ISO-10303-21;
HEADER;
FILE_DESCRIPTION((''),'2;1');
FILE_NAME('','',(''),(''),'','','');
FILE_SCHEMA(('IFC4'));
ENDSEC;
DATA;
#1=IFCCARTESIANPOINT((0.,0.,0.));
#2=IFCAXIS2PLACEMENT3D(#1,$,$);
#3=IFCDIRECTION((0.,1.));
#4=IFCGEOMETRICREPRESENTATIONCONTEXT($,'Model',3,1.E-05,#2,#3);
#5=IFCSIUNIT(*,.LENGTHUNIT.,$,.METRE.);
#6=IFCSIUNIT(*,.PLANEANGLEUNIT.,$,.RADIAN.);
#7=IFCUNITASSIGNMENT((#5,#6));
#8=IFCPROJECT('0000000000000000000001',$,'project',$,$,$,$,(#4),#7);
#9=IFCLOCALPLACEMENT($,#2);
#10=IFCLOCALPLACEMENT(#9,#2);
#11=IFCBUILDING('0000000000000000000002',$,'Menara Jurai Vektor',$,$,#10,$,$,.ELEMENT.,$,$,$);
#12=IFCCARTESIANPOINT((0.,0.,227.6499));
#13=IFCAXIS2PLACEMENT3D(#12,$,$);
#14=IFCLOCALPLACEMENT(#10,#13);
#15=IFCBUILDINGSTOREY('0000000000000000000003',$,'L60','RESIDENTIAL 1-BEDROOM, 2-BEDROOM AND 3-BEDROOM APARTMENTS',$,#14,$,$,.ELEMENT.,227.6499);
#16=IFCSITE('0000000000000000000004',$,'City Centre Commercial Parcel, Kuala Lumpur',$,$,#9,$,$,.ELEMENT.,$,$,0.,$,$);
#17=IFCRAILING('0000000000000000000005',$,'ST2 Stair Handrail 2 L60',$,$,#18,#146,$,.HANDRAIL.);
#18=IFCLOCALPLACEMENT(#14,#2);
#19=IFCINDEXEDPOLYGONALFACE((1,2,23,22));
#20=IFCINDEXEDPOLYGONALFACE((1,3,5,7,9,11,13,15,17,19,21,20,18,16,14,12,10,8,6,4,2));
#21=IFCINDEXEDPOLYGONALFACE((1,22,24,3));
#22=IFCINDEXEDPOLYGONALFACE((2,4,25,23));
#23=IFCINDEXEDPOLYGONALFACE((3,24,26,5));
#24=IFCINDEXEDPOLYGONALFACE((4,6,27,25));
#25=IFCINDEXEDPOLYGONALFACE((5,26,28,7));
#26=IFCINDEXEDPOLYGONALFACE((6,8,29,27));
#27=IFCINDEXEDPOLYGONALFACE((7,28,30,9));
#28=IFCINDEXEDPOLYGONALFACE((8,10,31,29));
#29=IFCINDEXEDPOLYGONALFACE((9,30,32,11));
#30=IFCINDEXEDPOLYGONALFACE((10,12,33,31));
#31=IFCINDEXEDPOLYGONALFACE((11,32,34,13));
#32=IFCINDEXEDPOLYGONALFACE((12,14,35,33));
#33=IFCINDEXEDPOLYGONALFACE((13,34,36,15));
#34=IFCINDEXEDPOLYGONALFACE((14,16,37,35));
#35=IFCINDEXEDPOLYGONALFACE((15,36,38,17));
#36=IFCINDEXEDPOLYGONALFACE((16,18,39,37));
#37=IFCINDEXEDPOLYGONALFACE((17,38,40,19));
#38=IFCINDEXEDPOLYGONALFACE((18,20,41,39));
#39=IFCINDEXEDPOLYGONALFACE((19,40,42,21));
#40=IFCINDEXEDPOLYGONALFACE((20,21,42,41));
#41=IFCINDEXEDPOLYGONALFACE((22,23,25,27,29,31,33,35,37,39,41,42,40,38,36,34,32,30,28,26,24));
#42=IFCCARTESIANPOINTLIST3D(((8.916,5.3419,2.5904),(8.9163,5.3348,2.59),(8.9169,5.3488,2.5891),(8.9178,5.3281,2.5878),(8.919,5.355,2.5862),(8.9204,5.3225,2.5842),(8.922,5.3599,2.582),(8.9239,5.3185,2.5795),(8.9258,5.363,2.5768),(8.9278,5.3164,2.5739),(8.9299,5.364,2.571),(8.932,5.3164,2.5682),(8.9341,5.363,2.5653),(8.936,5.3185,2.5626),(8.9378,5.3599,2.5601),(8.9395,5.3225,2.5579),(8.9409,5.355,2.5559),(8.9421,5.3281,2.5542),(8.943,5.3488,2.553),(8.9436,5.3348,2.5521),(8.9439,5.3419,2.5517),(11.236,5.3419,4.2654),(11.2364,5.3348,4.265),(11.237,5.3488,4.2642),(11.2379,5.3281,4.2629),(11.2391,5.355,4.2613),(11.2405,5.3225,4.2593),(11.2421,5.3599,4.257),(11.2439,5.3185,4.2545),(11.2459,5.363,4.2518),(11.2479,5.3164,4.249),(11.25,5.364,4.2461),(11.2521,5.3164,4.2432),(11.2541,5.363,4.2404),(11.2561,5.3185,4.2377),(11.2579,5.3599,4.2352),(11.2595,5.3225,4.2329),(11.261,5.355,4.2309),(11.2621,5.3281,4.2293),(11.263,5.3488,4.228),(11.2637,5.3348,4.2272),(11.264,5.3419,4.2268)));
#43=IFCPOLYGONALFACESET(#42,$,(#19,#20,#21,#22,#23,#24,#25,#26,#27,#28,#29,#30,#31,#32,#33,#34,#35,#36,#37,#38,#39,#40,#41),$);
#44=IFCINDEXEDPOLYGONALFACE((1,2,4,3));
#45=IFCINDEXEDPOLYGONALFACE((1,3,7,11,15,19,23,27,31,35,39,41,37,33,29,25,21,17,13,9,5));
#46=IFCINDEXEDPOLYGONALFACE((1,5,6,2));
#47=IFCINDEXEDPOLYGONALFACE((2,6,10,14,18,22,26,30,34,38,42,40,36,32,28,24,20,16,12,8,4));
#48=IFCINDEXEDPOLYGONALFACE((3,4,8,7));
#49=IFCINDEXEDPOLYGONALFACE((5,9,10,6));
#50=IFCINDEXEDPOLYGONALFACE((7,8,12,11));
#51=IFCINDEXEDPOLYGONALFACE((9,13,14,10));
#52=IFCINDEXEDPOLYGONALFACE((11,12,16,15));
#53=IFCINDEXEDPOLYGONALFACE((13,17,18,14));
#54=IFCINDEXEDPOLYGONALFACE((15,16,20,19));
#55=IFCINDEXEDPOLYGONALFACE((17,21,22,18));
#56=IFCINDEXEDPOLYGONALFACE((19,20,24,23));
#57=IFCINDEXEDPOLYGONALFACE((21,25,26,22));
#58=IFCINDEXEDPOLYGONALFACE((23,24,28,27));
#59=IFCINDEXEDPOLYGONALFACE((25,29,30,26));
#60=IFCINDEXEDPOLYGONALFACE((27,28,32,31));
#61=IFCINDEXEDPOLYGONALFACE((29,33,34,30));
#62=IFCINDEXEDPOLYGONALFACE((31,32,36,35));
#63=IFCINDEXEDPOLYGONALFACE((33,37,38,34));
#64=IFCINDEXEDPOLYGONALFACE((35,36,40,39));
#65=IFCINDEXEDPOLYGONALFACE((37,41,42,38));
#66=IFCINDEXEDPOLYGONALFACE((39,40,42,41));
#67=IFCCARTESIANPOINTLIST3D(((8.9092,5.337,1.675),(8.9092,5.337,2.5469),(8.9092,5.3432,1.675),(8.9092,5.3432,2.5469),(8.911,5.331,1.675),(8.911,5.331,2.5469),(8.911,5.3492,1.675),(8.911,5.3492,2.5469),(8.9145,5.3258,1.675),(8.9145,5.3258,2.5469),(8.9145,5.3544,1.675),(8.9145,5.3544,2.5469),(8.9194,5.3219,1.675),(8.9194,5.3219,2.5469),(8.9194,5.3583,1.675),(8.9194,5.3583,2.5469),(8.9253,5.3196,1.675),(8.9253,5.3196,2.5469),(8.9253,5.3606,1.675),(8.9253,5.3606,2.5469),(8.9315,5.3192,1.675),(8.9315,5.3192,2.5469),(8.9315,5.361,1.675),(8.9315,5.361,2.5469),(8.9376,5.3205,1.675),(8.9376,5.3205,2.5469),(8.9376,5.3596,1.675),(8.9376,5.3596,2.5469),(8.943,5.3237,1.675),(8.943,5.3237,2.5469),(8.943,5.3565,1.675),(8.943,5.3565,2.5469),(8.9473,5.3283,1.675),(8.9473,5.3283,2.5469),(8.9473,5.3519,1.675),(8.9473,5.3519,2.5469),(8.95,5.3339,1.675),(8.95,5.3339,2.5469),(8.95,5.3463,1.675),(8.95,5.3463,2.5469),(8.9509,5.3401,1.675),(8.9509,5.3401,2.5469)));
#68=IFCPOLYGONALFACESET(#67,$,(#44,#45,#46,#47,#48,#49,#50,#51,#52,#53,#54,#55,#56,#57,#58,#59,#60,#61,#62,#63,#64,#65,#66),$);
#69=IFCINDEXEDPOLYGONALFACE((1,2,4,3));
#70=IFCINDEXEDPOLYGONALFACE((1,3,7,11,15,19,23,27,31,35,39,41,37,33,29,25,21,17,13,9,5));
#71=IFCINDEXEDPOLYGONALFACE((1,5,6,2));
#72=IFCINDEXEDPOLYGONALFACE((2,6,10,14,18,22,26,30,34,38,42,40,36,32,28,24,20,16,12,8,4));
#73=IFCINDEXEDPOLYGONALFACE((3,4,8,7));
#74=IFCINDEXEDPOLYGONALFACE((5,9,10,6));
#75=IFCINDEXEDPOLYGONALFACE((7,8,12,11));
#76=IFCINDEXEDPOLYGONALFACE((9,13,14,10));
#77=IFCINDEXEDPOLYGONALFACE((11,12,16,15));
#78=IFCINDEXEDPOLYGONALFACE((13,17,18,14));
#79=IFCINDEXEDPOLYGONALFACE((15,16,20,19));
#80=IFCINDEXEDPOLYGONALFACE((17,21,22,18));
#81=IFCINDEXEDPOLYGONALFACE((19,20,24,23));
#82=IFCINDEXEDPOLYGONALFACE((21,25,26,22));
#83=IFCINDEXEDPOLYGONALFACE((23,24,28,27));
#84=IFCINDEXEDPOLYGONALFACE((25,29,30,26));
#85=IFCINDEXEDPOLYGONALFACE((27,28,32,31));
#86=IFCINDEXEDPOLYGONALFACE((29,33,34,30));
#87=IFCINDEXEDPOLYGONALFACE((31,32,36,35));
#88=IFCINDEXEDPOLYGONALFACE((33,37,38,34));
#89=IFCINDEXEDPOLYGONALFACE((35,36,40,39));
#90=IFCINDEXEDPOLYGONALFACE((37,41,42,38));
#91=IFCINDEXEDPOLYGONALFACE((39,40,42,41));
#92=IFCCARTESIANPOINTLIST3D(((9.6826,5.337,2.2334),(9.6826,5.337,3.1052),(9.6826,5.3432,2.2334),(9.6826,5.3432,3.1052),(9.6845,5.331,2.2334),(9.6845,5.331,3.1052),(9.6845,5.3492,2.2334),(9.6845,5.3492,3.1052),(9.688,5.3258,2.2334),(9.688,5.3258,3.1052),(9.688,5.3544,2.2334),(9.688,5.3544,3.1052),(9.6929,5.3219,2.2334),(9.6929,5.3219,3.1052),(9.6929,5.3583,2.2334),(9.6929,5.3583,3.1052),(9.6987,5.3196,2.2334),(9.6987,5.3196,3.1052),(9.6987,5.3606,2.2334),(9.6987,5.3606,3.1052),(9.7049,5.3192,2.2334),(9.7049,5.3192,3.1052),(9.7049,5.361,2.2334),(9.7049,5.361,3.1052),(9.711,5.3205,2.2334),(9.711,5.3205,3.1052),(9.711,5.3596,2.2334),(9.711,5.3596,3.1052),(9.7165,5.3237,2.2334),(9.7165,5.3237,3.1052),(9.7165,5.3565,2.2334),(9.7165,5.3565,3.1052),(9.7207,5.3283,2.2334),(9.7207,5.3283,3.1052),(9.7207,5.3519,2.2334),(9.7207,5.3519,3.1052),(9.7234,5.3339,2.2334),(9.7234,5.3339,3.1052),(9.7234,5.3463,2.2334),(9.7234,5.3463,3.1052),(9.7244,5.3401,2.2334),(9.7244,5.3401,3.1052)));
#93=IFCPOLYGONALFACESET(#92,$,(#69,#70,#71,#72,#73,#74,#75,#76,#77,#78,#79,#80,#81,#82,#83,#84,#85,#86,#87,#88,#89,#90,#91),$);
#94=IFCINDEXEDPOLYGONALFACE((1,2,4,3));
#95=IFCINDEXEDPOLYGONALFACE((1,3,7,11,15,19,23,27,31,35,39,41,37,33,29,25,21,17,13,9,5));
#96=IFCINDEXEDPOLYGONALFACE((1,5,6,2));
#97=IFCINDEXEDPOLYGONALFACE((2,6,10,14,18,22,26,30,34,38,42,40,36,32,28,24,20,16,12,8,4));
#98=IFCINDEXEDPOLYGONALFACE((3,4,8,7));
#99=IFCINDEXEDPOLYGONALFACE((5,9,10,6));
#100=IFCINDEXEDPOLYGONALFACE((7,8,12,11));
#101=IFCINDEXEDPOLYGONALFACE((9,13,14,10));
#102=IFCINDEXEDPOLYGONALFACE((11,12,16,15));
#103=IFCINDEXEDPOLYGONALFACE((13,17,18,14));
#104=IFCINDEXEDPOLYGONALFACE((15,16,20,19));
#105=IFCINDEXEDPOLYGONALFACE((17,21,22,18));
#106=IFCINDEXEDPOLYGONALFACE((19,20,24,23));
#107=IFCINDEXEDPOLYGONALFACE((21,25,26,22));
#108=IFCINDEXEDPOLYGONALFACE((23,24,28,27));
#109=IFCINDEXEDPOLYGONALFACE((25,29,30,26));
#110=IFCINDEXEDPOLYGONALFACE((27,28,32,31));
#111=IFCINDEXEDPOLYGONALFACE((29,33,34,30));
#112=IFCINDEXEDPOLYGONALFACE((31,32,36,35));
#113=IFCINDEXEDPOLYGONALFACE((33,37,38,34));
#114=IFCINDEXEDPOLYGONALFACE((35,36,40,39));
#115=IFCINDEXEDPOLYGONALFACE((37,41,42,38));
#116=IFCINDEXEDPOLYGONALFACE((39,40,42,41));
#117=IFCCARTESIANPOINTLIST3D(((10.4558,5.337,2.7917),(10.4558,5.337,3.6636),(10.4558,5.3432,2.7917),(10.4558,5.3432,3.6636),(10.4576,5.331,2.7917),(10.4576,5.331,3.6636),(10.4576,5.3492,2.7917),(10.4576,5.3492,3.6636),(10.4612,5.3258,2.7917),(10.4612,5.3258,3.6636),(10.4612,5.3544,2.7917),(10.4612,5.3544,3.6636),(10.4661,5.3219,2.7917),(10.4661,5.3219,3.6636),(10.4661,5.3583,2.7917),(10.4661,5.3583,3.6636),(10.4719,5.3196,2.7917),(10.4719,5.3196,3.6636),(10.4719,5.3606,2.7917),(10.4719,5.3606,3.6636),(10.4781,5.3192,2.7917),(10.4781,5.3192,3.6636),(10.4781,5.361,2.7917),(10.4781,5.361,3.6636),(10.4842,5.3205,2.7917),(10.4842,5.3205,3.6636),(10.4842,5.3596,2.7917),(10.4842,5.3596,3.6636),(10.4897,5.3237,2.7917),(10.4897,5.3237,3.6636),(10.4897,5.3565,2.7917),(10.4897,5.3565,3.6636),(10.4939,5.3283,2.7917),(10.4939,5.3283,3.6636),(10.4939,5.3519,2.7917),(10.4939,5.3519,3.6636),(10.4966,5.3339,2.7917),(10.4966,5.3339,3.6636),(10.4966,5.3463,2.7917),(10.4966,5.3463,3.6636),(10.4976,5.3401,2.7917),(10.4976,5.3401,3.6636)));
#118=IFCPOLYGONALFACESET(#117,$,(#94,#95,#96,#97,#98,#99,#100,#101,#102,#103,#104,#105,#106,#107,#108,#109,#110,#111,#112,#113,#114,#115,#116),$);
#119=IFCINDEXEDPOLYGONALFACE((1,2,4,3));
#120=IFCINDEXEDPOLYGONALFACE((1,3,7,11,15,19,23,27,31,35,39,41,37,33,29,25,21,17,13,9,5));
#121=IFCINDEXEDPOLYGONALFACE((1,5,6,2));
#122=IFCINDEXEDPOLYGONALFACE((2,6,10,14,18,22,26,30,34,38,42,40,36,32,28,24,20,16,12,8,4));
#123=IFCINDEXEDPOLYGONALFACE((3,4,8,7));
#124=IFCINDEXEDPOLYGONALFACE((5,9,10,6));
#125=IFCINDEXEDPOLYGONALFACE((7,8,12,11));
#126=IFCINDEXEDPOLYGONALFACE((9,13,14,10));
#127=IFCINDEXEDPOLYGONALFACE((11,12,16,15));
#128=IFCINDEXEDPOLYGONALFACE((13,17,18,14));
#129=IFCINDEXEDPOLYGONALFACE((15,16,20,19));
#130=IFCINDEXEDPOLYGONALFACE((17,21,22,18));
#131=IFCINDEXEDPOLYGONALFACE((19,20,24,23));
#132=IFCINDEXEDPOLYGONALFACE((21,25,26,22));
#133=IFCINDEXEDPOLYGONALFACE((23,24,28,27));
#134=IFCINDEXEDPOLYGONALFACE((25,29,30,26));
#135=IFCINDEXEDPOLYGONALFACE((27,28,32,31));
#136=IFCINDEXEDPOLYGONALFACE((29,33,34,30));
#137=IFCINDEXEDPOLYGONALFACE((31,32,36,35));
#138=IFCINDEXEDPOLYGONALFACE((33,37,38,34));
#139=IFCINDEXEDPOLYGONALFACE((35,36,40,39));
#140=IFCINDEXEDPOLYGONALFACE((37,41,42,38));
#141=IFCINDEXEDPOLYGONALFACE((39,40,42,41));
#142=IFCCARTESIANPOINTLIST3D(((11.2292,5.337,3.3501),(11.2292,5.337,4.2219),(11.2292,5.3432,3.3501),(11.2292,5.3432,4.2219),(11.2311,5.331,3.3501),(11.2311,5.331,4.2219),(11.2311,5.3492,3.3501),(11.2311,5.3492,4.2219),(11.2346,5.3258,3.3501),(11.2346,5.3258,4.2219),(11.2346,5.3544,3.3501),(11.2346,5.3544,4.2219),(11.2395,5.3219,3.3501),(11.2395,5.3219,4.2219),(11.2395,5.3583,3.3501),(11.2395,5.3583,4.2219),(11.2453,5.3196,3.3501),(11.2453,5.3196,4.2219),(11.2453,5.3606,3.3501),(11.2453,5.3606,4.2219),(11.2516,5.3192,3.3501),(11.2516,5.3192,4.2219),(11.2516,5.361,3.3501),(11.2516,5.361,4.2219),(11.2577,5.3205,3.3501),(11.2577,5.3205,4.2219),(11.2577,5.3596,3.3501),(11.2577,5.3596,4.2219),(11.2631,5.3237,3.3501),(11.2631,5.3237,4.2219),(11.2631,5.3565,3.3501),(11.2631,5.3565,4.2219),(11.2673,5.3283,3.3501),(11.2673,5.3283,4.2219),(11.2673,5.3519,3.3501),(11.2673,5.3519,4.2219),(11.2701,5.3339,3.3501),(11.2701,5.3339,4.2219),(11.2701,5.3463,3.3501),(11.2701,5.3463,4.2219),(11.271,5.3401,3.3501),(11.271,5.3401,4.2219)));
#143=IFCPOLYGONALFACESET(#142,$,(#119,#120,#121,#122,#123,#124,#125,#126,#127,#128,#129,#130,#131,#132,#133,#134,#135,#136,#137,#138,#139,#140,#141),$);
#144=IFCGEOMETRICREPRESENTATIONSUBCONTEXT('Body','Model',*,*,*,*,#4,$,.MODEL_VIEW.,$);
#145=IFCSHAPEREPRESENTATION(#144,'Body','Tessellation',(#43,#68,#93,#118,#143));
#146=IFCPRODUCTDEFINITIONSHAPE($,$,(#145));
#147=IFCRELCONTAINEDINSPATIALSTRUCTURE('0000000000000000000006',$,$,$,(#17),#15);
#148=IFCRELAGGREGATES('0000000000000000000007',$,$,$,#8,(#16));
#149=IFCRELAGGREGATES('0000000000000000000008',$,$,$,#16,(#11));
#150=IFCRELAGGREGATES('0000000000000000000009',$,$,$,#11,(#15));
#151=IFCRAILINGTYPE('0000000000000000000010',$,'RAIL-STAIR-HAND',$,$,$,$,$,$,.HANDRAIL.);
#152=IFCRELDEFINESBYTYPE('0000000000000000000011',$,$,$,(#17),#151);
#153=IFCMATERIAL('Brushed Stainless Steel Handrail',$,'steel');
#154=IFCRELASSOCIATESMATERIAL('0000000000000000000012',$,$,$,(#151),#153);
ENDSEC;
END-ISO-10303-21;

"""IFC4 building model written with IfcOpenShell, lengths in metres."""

from ifc_helpers import new_model, si_unit, direction, frame, origin, origin_2d, place, context, subcontext, project, spatial, circle, extrude, material, type_object, element, save


model = new_model("IFC4")

# Units and contexts
model_context = context("Model", 3, precision=1e-05, world=origin(), true_north=direction((0.0, 1.0)))
body_context = subcontext(model_context, "Body", "Model", "MODEL_VIEW")
ifc_project = project(units=[si_unit("LENGTHUNIT", "METRE"), si_unit("PLANEANGLEUNIT", "RADIAN")], contexts=[model_context])

# Site, building, storey
site_placement = place(None, origin())
site = spatial("IfcSite", under=ifc_project, at=site_placement, Name="City Centre Commercial Parcel, Kuala Lumpur", CompositionType="ELEMENT", RefElevation=0.0)
building_placement = place(site_placement, origin())
building = spatial("IfcBuilding", under=site, at=building_placement, Name="Menara Jurai Vektor", CompositionType="ELEMENT")
storey_placement = place(building_placement, frame((0.0, 0.0, 227.6499)))
storey = spatial("IfcBuildingStorey", under=building, at=storey_placement, Name="L60", Description="RESIDENTIAL 1-BEDROOM, 2-BEDROOM AND 3-BEDROOM APARTMENTS", CompositionType="ELEMENT", Elevation=227.6499)

# Railing
ifc_material_1 = material(Name="Brushed Stainless Steel Handrail", Category="steel")
railing_type_1 = type_object("IfcRailingType", Name="RAIL-STAIR-HAND", PredefinedType="HANDRAIL", material=ifc_material_1)
railing_1_placement = place(storey_placement, frame((8.9299, 5.3401, 1.675)))
element("IfcRailing", 1, at=railing_1_placement, inside=storey, type_object=railing_type_1, Name="ST2 Stair Handrail 2 L60", PredefinedType="HANDRAIL", context=body_context, shape_type="SweptSolid", body=[
    extrude(circle(Radius=0.0239, at=origin_2d()), frame((0.0, 0.0, 0.896), z_axis=(0.810771, 0.0, 0.585363), x_axis=(0.0, 1.0, 0.0)), (0.0, 0.0, 1.0), 2.8616),
    extrude(circle(Radius=0.021, at=origin_2d()), origin(), (0.0, 0.0, 1.0), 0.8718),
    extrude(circle(Radius=0.021, at=origin_2d()), frame((0.7734, 0.0, 0.5583)), (0.0, 0.0, 1.0), 0.8718),
    extrude(circle(Radius=0.021, at=origin_2d()), frame((1.5466, 0.0, 1.1167)), (0.0, 0.0, 1.0), 0.8718),
    extrude(circle(Radius=0.021, at=origin_2d()), frame((2.3201, 0.0, 1.675)), (0.0, 0.0, 1.0), 0.8718),
])

save(model, "model.ifc")
